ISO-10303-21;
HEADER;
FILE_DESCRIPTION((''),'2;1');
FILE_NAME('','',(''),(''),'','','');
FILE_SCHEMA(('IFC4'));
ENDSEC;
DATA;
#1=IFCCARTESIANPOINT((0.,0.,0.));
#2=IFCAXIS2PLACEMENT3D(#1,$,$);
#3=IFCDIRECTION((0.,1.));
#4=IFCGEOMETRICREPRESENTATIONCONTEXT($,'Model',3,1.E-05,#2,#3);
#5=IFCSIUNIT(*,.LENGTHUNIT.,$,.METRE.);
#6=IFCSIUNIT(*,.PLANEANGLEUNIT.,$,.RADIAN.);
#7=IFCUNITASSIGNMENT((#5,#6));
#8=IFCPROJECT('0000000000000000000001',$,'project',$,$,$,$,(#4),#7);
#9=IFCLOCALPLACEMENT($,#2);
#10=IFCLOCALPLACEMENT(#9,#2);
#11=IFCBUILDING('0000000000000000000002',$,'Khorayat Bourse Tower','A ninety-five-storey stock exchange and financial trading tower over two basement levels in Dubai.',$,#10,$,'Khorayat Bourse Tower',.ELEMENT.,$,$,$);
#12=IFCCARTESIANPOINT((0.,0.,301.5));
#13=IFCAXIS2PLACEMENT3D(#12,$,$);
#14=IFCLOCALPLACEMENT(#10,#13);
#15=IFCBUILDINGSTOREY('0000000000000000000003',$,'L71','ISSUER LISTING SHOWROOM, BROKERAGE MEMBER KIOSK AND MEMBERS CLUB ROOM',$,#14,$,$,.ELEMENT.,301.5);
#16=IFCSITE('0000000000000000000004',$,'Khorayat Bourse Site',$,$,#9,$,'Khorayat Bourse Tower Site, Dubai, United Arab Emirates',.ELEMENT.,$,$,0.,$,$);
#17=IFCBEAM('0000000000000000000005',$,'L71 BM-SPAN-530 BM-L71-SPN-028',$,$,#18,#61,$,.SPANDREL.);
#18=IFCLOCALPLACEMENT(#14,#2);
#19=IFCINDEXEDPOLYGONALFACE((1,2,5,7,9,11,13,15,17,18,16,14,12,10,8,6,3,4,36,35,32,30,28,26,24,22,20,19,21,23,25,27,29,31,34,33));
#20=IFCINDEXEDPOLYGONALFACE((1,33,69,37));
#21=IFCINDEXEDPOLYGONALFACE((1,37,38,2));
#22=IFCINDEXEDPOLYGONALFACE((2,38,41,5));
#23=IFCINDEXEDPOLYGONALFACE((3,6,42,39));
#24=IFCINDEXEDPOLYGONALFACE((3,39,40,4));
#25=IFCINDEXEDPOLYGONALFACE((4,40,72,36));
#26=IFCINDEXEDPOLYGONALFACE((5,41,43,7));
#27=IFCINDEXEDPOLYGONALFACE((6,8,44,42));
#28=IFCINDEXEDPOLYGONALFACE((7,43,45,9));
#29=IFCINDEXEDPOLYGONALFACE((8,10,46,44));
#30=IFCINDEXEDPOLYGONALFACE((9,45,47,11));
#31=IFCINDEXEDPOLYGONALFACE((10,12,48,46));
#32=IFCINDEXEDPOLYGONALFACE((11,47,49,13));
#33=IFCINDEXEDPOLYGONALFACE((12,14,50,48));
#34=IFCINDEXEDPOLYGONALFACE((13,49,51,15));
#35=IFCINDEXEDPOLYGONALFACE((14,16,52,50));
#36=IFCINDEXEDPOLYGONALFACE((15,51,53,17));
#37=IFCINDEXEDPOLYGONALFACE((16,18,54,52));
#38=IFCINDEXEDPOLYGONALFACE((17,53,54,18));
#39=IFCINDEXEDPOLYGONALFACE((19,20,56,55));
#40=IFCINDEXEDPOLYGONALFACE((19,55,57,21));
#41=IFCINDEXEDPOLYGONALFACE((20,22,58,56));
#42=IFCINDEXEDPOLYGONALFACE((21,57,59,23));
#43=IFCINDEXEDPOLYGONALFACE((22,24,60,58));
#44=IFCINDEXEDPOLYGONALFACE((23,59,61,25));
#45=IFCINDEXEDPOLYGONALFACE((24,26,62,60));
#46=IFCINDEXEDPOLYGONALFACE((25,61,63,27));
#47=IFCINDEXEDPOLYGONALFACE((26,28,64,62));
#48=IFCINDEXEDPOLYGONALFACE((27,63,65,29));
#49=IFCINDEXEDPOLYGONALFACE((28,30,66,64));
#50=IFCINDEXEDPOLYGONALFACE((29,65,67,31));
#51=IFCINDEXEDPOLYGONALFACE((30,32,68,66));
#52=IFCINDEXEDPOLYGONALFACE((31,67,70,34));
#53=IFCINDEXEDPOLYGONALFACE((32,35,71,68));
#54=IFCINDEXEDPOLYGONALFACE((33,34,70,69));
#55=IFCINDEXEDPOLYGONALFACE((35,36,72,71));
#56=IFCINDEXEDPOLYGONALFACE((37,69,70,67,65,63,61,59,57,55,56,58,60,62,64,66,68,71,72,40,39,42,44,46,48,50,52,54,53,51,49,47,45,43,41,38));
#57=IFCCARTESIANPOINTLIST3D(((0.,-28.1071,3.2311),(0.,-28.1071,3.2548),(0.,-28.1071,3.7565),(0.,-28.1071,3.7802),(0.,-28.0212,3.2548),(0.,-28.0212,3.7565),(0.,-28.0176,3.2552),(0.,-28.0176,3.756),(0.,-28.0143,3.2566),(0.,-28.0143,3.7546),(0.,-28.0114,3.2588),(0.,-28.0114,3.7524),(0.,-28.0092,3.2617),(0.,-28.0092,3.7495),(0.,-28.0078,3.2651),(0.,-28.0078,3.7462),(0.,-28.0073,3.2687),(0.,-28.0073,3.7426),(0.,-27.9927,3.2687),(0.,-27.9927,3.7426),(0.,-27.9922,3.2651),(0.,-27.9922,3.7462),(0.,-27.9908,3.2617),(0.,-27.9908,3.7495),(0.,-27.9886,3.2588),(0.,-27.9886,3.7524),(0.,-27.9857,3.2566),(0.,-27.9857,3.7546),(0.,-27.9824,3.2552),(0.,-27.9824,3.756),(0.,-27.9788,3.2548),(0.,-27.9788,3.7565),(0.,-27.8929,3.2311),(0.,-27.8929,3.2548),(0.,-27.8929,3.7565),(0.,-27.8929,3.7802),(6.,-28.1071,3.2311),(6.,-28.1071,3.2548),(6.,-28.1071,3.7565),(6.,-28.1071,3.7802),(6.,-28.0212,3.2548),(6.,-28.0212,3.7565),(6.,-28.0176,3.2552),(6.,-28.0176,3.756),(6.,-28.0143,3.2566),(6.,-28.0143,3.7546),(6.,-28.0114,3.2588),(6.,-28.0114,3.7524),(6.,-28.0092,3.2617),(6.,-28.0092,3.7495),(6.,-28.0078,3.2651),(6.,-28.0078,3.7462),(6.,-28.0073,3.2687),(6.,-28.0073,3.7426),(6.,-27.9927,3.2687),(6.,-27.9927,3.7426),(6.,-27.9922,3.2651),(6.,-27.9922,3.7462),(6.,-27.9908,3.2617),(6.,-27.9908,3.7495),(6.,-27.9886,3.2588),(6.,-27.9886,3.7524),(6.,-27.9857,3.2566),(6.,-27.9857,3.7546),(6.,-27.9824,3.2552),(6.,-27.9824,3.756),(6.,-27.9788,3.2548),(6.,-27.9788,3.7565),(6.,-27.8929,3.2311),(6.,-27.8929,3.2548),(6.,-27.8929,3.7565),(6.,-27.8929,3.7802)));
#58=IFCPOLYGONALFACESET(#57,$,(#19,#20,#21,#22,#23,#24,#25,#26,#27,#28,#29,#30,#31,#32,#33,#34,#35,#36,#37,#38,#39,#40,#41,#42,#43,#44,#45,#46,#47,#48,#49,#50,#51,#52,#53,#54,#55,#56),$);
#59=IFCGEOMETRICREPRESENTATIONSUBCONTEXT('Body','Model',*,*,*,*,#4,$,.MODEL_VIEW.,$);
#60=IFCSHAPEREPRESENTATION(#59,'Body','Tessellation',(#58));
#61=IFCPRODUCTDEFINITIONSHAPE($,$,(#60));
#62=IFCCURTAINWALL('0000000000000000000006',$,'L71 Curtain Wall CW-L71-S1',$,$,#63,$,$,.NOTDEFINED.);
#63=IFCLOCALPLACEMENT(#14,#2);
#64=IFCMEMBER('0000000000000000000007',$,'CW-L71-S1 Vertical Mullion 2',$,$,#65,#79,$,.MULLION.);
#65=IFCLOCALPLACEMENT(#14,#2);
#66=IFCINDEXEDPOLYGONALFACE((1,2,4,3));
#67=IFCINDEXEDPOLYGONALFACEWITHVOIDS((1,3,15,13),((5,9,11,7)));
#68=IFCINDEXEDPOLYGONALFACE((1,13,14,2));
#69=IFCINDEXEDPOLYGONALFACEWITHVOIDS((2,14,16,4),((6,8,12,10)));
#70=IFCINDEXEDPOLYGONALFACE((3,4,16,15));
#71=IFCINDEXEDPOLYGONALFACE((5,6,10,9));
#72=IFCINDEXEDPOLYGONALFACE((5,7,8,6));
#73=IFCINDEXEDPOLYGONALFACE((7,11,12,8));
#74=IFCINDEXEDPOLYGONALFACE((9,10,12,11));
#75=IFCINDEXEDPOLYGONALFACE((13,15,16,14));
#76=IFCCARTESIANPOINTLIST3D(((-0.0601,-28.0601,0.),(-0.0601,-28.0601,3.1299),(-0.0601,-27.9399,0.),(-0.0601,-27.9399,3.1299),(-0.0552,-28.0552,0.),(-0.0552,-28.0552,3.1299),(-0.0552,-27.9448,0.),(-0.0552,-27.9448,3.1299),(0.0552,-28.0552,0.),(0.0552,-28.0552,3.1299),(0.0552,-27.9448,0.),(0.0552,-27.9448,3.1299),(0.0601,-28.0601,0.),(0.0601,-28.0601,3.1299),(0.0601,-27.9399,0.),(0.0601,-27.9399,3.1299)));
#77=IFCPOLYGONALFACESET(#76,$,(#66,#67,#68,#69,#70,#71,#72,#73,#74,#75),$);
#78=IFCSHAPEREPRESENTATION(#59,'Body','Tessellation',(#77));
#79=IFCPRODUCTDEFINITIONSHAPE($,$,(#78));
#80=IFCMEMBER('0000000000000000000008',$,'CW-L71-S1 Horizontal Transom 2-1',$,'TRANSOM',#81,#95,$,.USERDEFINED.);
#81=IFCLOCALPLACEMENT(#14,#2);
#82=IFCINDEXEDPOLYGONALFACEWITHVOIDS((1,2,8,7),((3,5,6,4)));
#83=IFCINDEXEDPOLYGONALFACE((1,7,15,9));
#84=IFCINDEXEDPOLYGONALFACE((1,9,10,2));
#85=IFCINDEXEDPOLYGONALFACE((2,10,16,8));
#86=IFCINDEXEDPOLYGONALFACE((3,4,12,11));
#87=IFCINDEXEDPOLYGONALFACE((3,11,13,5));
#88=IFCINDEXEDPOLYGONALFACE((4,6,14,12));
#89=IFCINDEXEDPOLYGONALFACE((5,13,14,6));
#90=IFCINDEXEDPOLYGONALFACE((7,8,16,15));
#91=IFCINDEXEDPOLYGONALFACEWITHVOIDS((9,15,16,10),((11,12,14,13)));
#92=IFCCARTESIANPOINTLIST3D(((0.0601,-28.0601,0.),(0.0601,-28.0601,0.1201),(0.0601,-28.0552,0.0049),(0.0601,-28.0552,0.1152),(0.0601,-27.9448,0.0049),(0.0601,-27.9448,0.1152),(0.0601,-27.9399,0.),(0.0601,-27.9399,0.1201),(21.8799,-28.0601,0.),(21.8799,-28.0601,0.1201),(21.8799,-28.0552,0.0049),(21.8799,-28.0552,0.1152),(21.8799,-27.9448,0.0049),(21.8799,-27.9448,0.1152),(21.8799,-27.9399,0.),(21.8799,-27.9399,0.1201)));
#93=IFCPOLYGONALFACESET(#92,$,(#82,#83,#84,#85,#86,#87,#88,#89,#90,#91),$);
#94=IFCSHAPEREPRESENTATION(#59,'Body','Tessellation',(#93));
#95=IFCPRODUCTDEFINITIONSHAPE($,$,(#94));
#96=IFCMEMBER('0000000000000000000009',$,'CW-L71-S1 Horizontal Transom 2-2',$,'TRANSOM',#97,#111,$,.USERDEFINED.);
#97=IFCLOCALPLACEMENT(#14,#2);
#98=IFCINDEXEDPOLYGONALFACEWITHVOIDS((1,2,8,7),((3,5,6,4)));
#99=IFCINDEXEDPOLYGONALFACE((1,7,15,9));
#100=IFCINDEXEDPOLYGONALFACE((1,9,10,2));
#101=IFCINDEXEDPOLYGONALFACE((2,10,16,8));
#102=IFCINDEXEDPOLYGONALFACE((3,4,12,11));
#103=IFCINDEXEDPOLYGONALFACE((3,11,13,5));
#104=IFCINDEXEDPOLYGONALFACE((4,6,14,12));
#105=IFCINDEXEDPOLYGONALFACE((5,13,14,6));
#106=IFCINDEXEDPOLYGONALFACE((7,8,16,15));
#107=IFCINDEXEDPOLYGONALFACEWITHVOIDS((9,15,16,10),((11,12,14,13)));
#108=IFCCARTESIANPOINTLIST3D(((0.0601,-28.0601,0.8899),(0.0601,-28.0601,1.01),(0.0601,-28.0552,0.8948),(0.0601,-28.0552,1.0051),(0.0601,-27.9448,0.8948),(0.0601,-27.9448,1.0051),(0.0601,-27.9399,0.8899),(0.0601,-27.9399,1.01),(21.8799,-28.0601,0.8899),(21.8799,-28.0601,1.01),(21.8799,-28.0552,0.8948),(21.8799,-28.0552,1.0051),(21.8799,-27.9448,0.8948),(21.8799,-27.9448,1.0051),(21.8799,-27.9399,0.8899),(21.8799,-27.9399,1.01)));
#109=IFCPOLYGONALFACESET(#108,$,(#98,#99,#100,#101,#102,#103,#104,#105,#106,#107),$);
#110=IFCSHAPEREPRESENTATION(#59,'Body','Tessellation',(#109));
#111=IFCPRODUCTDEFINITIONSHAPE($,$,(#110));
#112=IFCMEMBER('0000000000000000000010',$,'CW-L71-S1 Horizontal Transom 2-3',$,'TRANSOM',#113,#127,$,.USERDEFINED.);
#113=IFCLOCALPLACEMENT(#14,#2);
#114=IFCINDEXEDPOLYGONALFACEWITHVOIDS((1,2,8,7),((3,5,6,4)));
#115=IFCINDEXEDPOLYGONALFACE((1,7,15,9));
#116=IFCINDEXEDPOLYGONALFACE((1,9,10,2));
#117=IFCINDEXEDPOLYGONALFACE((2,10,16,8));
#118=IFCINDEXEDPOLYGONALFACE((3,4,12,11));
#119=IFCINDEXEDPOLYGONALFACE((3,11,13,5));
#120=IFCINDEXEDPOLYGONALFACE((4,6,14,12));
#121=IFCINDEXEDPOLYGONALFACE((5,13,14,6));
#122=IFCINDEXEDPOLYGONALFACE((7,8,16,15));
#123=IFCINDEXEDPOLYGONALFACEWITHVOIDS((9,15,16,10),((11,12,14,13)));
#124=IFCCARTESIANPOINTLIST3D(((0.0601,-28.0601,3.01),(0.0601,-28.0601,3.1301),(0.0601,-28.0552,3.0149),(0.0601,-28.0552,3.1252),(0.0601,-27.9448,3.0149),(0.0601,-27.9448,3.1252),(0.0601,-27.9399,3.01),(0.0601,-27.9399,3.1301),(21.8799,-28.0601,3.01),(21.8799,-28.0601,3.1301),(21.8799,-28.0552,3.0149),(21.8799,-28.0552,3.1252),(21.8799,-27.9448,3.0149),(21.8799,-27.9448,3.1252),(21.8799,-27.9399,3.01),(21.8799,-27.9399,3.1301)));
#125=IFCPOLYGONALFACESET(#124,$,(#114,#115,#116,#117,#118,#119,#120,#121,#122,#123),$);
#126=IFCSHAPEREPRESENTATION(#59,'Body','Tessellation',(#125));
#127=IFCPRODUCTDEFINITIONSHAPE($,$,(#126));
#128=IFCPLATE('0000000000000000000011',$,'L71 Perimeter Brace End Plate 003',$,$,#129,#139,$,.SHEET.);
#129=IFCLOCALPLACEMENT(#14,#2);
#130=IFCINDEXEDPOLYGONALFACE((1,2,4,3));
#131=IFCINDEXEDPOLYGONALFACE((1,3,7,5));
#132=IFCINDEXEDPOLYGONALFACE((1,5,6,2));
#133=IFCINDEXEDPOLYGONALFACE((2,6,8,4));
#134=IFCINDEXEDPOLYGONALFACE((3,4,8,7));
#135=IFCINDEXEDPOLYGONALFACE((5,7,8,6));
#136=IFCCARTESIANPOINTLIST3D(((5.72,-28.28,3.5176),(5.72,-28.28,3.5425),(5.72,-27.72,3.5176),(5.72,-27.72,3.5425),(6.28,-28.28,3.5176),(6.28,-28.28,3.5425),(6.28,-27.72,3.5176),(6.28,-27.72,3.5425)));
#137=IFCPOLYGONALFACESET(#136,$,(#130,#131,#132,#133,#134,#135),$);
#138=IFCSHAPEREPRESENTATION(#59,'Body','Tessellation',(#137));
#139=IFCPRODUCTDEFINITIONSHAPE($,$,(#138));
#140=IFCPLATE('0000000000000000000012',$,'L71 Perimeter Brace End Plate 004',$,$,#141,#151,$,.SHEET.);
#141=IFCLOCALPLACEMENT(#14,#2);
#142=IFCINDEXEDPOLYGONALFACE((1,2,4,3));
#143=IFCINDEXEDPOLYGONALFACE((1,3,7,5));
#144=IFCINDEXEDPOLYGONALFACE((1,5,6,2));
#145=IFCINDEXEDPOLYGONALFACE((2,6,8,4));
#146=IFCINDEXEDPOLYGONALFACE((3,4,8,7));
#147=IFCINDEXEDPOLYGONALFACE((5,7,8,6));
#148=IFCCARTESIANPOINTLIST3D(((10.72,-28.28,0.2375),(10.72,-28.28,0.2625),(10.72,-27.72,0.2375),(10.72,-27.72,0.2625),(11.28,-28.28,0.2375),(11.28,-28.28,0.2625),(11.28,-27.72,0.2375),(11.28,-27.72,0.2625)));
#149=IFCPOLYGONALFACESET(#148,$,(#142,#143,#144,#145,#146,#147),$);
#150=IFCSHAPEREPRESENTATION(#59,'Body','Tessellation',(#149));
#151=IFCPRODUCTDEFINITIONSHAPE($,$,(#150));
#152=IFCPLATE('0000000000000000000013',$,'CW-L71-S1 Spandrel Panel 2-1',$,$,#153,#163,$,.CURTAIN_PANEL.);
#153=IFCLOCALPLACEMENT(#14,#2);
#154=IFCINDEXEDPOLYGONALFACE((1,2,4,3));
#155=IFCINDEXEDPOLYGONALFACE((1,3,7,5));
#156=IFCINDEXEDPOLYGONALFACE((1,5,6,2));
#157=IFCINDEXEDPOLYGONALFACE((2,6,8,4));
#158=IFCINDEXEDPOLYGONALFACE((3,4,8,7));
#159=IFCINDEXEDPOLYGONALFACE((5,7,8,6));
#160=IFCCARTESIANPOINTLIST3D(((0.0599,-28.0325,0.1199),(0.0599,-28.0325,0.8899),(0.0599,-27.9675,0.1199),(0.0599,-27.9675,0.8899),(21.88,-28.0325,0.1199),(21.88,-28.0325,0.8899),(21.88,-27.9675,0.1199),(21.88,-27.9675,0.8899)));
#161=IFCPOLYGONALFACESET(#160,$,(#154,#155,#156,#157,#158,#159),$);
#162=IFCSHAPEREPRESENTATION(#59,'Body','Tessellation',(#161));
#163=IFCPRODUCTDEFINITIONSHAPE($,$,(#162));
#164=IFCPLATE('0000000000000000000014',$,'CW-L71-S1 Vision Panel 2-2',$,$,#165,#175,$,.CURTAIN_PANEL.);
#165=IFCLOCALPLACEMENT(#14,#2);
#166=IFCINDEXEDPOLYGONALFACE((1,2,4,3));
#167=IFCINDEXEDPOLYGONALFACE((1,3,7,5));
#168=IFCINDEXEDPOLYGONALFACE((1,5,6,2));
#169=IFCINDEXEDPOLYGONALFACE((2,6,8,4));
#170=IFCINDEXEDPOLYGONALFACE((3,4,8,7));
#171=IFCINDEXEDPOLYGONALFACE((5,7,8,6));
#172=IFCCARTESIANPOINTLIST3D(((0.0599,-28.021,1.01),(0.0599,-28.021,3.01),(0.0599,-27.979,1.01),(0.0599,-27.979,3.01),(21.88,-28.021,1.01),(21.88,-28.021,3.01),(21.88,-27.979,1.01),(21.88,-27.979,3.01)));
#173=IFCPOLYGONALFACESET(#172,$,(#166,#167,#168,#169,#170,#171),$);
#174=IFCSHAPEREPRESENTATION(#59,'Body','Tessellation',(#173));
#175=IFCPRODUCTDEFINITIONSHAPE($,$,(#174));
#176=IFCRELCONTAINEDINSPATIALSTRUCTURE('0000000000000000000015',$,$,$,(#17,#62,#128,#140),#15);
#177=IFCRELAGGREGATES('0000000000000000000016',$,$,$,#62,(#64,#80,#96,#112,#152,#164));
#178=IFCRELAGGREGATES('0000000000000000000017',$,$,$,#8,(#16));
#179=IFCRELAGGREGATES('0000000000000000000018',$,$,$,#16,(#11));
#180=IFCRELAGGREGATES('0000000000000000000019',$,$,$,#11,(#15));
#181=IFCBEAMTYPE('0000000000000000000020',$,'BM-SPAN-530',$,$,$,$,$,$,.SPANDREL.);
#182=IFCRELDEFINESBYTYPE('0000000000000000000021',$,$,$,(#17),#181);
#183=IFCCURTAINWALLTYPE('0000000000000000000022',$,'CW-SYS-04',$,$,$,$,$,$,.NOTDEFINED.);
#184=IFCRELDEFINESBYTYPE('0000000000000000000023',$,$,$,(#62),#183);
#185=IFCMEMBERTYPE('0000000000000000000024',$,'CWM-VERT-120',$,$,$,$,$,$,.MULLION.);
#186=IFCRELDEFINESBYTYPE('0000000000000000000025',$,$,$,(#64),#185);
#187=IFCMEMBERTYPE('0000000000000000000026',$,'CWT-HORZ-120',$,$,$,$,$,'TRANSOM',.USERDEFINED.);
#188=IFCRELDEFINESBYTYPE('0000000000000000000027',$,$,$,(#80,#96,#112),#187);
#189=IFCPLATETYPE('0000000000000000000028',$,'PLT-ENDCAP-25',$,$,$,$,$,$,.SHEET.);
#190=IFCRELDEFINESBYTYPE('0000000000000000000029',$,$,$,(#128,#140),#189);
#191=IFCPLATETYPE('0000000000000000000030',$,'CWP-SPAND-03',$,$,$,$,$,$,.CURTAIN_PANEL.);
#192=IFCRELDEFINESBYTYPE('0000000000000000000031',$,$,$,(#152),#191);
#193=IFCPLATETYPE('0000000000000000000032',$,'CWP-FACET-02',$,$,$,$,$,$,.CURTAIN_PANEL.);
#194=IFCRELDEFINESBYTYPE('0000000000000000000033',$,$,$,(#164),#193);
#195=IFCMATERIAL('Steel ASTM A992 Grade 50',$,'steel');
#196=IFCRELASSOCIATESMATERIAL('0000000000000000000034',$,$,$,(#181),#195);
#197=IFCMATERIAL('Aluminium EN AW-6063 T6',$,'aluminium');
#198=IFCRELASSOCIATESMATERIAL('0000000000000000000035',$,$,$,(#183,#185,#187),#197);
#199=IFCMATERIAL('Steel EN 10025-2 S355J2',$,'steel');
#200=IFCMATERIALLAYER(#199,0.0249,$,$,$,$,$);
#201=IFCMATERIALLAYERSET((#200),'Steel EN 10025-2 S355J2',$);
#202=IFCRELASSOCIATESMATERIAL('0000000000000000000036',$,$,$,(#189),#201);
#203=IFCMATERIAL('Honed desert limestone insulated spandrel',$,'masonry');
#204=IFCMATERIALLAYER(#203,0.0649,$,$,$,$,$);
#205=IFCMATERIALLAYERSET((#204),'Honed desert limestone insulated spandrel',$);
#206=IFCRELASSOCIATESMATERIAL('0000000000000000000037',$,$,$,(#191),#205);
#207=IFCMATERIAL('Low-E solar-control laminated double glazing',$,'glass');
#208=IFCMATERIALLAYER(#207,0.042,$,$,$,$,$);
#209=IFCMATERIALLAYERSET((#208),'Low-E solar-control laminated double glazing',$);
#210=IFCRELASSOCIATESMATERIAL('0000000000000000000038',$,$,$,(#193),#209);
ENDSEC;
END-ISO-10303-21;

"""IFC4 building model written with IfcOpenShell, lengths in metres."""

from ifc_helpers import new_model, si_unit, direction, frame, origin, origin_2d, place, context, subcontext, project, spatial, rectangle, hollow_rectangle, i_section, extrude, source, transform, mapped, material, layer, layer_set, material_profile, profile_set, type_object, element, aggregate, save


model = new_model("IFC4")

# Units and contexts
model_context = context("Model", 3, precision=1e-05, world=origin(), true_north=direction((0.0, 1.0)))
body_context = subcontext(model_context, "Body", "Model", "MODEL_VIEW")
ifc_project = project(units=[si_unit("LENGTHUNIT", "METRE"), si_unit("PLANEANGLEUNIT", "RADIAN")], contexts=[model_context])

# Site, building, storey
site_placement = place(None, origin())
site = spatial("IfcSite", under=ifc_project, at=site_placement, Name="Khorayat Bourse Site", LongName="Khorayat Bourse Tower Site, Dubai, United Arab Emirates", CompositionType="ELEMENT", RefElevation=0.0)
building_placement = place(site_placement, origin())
building = spatial("IfcBuilding", under=site, at=building_placement, Name="Khorayat Bourse Tower", Description="A ninety-five-storey stock exchange and financial trading tower over two basement levels in Dubai.", LongName="Khorayat Bourse Tower", CompositionType="ELEMENT")
storey_placement = place(building_placement, frame((0.0, 0.0, 301.5)))
storey = spatial("IfcBuildingStorey", under=building, at=storey_placement, Name="L71", Description="ISSUER LISTING SHOWROOM, BROKERAGE MEMBER KIOSK AND MEMBERS CLUB ROOM", CompositionType="ELEMENT", Elevation=301.5)

# Shared definitions
ifc_material_1 = material(Name="Steel ASTM A992 Grade 50", Category="steel")

# Beam
ifc_material_profile_1 = material_profile(ifc_material_1, i_section(OverallWidth=0.2141, OverallDepth=0.5491, WebThickness=0.0146, FlangeThickness=0.0237, FilletRadius=0.0139, at=origin_2d()), Name="W530X138")
ifc_profile_set_1 = profile_set([ifc_material_profile_1], Name="Steel ASTM A992 Grade 50")
beam_type_1 = type_object("IfcBeamType", Name="BM-SPAN-530", PredefinedType="SPANDREL", material=ifc_profile_set_1)
shared_shape_1 = source(origin(), body_context, "Body", "SweptSolid", [
    extrude(i_section(OverallWidth=0.2141, OverallDepth=0.5491, WebThickness=0.0146, FlangeThickness=0.0237, FilletRadius=0.0139, at=origin_2d()), origin(), (0.0, 0.0, 1.0), 6.0),
])
beam_1_placement = place(storey_placement, frame((0.0, -28.0, 3.5056), z_axis=(1.0, 0.0, 0.0), x_axis=(0.0, 1.0, 0.0)))
element("IfcBeam", 1, at=beam_1_placement, inside=storey, type_object=beam_type_1, Name="L71 BM-SPAN-530 BM-L71-SPN-028", PredefinedType="SPANDREL", context=body_context, shape_type="MappedRepresentation", body=[
    mapped(shared_shape_1, transform((0.0, 0.0, 0.0), scale=1.0)),
])

# Curtain wall, members
ifc_material_2 = material(Name="Aluminium EN AW-6063 T6", Category="aluminium")
curtain_wall_type = type_object("IfcCurtainWallType", Name="CW-SYS-04", PredefinedType="NOTDEFINED", material=ifc_material_2)
curtain_wall_placement = place(storey_placement, origin())
curtain_wall = element("IfcCurtainWall", 2, at=curtain_wall_placement, inside=storey, type_object=curtain_wall_type, Name="L71 Curtain Wall CW-L71-S1", PredefinedType="NOTDEFINED")
ifc_material_profile_2 = material_profile(ifc_material_2, hollow_rectangle(XDim=0.1201, YDim=0.1201, WallThickness=0.0049, at=origin_2d()), Name="ALU 120x120x5")
ifc_profile_set_2 = profile_set([ifc_material_profile_2], Name="Aluminium EN AW-6063 T6")
member_type_1 = type_object("IfcMemberType", Name="CWM-VERT-120", PredefinedType="MULLION", material=ifc_profile_set_2)
shared_shape_2 = source(origin(), body_context, "Body", "SweptSolid", [
    extrude(hollow_rectangle(XDim=0.1201, YDim=0.1201, WallThickness=0.0049, at=origin_2d()), origin(), (0.0, 0.0, 1.0), 3.1299),
])
member_1_placement = place(storey_placement, frame((0.0, -28.0, 0.0), z_axis=(0.0, 0.0, 1.0), x_axis=(0.0, 1.0, 0.0)))
member_1 = element("IfcMember", 3, at=member_1_placement, type_object=member_type_1, Name="CW-L71-S1 Vertical Mullion 2", PredefinedType="MULLION", context=body_context, shape_type="MappedRepresentation", body=[
    mapped(shared_shape_2, transform((0.0, 0.0, 0.0), scale=1.0)),
])
ifc_material_profile_3 = material_profile(ifc_material_2, hollow_rectangle(XDim=0.1201, YDim=0.1201, WallThickness=0.0049, at=origin_2d()), Name="ALU 120x120x5")
ifc_profile_set_3 = profile_set([ifc_material_profile_3], Name="Aluminium EN AW-6063 T6")
member_type_2 = type_object("IfcMemberType", Name="CWT-HORZ-120", ElementType="TRANSOM", PredefinedType="USERDEFINED", material=ifc_profile_set_3)
shared_shape_3 = source(origin(), body_context, "Body", "SweptSolid", [
    extrude(hollow_rectangle(XDim=0.1201, YDim=0.1201, WallThickness=0.0049, at=origin_2d()), origin(), (0.0, 0.0, 1.0), 21.8198),
])
member_2_placement = place(storey_placement, frame((0.0601, -28.0, 0.0601), z_axis=(1.0, 0.0, 0.0), x_axis=(0.0, 1.0, 0.0)))
member_2 = element("IfcMember", 4, at=member_2_placement, type_object=member_type_2, Name="CW-L71-S1 Horizontal Transom 2-1", ObjectType="TRANSOM", PredefinedType="USERDEFINED", context=body_context, shape_type="MappedRepresentation", body=[
    mapped(shared_shape_3, transform((0.0, 0.0, 0.0), scale=1.0)),
])
member_3_placement = place(storey_placement, frame((0.0601, -28.0, 0.95), z_axis=(1.0, 0.0, 0.0), x_axis=(0.0, 1.0, 0.0)))
member_3 = element("IfcMember", 5, at=member_3_placement, type_object=member_type_2, Name="CW-L71-S1 Horizontal Transom 2-2", ObjectType="TRANSOM", PredefinedType="USERDEFINED", context=body_context, shape_type="MappedRepresentation", body=[
    mapped(shared_shape_3, transform((0.0, 0.0, 0.0), scale=1.0)),
])
member_4_placement = place(storey_placement, frame((0.0601, -28.0, 3.0701), z_axis=(1.0, 0.0, 0.0), x_axis=(0.0, 1.0, 0.0)))
member_4 = element("IfcMember", 6, at=member_4_placement, type_object=member_type_2, Name="CW-L71-S1 Horizontal Transom 2-3", ObjectType="TRANSOM", PredefinedType="USERDEFINED", context=body_context, shape_type="MappedRepresentation", body=[
    mapped(shared_shape_3, transform((0.0, 0.0, 0.0), scale=1.0)),
])

# Plates
ifc_material_3 = material(Name="Steel EN 10025-2 S355J2", Category="steel")
ifc_layer_1 = layer(ifc_material_3, 0.0249)
ifc_layer_set_1 = layer_set([ifc_layer_1], Name="Steel EN 10025-2 S355J2")
plate_type_1 = type_object("IfcPlateType", Name="PLT-ENDCAP-25", PredefinedType="SHEET", material=ifc_layer_set_1)
shared_shape_4 = source(origin(), body_context, "Body", "SweptSolid", [
    extrude(rectangle(XDim=0.5601, YDim=0.5601, at=origin_2d()), origin(), (0.0, 0.0, 1.0), 0.0249),
])
for number, where, z_axis, x_axis, name in (
    (7, (6.0, -28.0, 3.5176), (0.0, 0.0, 1.0), (1.0, 0.0, 0.0), "L71 Perimeter Brace End Plate 003"),
    (8, (11.0, -28.0, 0.2375), (0.0, 0.0, 1.0), (1.0, 0.0, 0.0), "L71 Perimeter Brace End Plate 004"),
):
    element("IfcPlate", number, at=place(storey_placement, frame(where, z_axis=z_axis, x_axis=x_axis)), inside=storey, type_object=plate_type_1, Name=name, PredefinedType="SHEET", context=body_context, shape_type="MappedRepresentation", body=[
        mapped(shared_shape_4, transform((0.0, 0.0, 0.0), scale=1.0)),
    ])

# Plates
ifc_material_4 = material(Name="Honed desert limestone insulated spandrel", Category="masonry")
ifc_layer_2 = layer(ifc_material_4, 0.0649)
ifc_layer_set_2 = layer_set([ifc_layer_2], Name="Honed desert limestone insulated spandrel")
plate_type_2 = type_object("IfcPlateType", Name="CWP-SPAND-03", PredefinedType="CURTAIN_PANEL", material=ifc_layer_set_2)
shared_shape_5 = source(origin(), body_context, "Body", "SweptSolid", [
    extrude(rectangle(XDim=21.8201, YDim=0.0649, at=origin_2d()), origin(), (0.0, 0.0, 1.0), 0.77),
])
plate_1_placement = place(storey_placement, frame((10.97, -28.0, 0.1199), z_axis=(0.0, 0.0, 1.0), x_axis=(1.0, 0.0, 0.0)))
plate_1 = element("IfcPlate", 9, at=plate_1_placement, type_object=plate_type_2, Name="CW-L71-S1 Spandrel Panel 2-1", PredefinedType="CURTAIN_PANEL", context=body_context, shape_type="MappedRepresentation", body=[
    mapped(shared_shape_5, transform((0.0, 0.0, 0.0), scale=1.0)),
])
ifc_material_5 = material(Name="Low-E solar-control laminated double glazing", Category="glass")
ifc_layer_3 = layer(ifc_material_5, 0.042)
ifc_layer_set_3 = layer_set([ifc_layer_3], Name="Low-E solar-control laminated double glazing")
plate_type_3 = type_object("IfcPlateType", Name="CWP-FACET-02", PredefinedType="CURTAIN_PANEL", material=ifc_layer_set_3)
shared_shape_6 = source(origin(), body_context, "Body", "SweptSolid", [
    extrude(rectangle(XDim=21.8201, YDim=0.042, at=origin_2d()), origin(), (0.0, 0.0, 1.0), 2.0),
])
plate_2_placement = place(storey_placement, frame((10.97, -28.0, 1.01), z_axis=(0.0, 0.0, 1.0), x_axis=(1.0, 0.0, 0.0)))
plate_2 = element("IfcPlate", 10, at=plate_2_placement, type_object=plate_type_3, Name="CW-L71-S1 Vision Panel 2-2", PredefinedType="CURTAIN_PANEL", context=body_context, shape_type="MappedRepresentation", body=[
    mapped(shared_shape_6, transform((0.0, 0.0, 0.0), scale=1.0)),
])
aggregate(curtain_wall, [member_1, member_2, member_3, member_4, plate_1, plate_2])

save(model, "model.ifc")
